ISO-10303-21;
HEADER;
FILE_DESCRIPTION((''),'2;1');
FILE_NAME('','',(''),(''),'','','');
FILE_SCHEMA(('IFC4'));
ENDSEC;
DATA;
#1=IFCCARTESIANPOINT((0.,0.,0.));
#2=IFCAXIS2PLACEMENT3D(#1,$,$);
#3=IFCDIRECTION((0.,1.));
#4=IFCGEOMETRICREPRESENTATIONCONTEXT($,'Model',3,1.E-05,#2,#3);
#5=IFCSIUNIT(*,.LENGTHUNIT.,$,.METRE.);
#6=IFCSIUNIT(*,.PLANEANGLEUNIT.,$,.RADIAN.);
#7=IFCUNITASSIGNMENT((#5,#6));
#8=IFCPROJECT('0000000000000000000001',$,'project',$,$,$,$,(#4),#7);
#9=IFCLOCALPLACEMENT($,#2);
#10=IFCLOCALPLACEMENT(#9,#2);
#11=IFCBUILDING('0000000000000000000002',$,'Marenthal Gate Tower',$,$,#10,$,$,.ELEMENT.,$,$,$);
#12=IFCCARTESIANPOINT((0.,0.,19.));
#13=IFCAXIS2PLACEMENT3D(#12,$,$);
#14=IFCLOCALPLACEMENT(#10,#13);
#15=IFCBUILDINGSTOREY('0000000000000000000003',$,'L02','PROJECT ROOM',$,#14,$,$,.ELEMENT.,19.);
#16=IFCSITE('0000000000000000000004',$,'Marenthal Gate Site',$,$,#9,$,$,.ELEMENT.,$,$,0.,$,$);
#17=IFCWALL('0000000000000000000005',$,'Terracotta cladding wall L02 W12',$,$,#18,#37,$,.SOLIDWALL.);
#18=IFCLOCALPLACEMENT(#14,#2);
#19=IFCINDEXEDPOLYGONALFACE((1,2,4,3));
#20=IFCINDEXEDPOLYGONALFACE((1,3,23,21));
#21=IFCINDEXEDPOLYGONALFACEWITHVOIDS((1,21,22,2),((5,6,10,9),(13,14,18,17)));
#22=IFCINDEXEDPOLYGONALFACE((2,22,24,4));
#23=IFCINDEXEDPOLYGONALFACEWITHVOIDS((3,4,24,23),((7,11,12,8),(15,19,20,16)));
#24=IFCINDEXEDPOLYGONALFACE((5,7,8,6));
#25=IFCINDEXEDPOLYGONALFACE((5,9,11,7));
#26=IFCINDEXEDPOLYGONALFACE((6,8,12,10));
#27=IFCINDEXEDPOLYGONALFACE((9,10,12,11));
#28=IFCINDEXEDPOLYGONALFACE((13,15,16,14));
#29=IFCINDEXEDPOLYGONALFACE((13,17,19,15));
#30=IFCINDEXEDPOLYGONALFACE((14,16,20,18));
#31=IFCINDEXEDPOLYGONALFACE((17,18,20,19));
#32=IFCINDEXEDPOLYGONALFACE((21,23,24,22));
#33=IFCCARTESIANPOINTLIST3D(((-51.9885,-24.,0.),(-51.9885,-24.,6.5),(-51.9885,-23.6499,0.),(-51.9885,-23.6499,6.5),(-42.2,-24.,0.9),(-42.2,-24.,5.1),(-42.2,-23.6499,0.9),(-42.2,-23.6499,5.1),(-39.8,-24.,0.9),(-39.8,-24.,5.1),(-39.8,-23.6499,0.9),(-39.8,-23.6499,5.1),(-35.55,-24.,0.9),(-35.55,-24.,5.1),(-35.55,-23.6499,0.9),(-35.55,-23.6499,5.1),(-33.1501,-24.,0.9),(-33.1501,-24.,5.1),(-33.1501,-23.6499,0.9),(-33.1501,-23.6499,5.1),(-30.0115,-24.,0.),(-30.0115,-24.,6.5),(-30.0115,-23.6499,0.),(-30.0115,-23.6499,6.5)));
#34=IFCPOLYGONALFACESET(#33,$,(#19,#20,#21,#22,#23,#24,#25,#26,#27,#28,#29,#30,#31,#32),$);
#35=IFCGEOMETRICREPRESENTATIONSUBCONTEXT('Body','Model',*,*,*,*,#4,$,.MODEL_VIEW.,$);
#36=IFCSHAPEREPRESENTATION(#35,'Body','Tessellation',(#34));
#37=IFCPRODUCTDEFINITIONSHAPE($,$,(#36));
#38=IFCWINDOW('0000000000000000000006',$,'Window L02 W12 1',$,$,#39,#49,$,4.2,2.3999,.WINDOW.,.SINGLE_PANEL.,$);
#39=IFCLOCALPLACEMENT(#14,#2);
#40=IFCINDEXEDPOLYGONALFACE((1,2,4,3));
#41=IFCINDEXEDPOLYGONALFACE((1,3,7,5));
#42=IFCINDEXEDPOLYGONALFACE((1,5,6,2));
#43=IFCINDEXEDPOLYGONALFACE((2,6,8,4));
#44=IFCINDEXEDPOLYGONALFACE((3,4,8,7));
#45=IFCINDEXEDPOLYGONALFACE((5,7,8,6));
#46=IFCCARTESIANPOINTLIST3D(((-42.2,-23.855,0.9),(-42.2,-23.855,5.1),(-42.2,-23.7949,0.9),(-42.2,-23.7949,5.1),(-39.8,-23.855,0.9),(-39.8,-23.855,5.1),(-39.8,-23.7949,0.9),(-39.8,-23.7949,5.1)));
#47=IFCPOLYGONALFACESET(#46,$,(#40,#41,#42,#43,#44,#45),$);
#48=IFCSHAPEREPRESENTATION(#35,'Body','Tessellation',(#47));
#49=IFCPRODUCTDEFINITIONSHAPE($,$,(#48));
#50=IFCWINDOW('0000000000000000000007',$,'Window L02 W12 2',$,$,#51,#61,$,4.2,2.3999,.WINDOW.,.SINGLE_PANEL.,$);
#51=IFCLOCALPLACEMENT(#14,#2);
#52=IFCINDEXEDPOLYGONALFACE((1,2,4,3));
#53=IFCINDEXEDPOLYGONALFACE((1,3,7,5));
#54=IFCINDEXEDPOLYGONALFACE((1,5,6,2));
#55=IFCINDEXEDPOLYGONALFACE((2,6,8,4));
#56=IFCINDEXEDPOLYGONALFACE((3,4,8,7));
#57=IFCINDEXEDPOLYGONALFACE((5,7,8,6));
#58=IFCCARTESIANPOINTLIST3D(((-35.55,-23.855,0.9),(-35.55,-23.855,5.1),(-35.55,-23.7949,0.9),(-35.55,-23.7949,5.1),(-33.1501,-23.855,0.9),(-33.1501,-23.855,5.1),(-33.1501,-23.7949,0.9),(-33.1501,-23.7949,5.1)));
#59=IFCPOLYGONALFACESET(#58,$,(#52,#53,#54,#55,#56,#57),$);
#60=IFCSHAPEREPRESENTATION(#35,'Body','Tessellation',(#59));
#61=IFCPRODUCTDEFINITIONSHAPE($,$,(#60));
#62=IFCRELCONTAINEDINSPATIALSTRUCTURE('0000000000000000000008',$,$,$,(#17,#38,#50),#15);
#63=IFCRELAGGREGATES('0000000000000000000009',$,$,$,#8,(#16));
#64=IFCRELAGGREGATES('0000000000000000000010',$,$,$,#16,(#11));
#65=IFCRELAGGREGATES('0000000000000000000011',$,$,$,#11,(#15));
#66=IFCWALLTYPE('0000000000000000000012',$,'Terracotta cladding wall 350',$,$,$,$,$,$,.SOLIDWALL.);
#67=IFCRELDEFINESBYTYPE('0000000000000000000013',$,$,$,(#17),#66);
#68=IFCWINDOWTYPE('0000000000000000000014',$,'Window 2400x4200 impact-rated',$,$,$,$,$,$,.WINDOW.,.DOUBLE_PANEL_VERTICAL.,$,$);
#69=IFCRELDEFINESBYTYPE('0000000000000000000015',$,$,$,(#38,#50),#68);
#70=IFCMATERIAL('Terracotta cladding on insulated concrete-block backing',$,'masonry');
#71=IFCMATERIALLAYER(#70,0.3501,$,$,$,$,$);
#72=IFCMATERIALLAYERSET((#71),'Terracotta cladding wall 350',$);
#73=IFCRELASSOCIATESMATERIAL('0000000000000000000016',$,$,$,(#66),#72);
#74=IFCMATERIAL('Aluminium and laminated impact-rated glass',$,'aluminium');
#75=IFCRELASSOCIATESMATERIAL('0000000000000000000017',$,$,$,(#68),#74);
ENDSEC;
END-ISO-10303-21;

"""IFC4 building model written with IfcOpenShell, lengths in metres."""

from ifc_helpers import new_model, si_unit, direction, frame, frame_2d, origin, place, context, subcontext, project, spatial, rectangle, extrude, material, layer, layer_set, type_object, element, fill, save


model = new_model("IFC4")

# Units and contexts
model_context = context("Model", 3, precision=1e-05, world=origin(), true_north=direction((0.0, 1.0)))
body_context = subcontext(model_context, "Body", "Model", "MODEL_VIEW")
ifc_project = project(units=[si_unit("LENGTHUNIT", "METRE"), si_unit("PLANEANGLEUNIT", "RADIAN")], contexts=[model_context])

# Site, building, storey
site_placement = place(None, origin())
site = spatial("IfcSite", under=ifc_project, at=site_placement, Name="Marenthal Gate Site", CompositionType="ELEMENT", RefElevation=0.0)
building_placement = place(site_placement, origin())
building = spatial("IfcBuilding", under=site, at=building_placement, Name="Marenthal Gate Tower", CompositionType="ELEMENT")
storey_placement = place(building_placement, frame((0.0, 0.0, 19.0)))
storey = spatial("IfcBuildingStorey", under=building, at=storey_placement, Name="L02", Description="PROJECT ROOM", CompositionType="ELEMENT", Elevation=19.0)

# Shared definitions
ifc_material_1 = material(Name="Terracotta cladding on insulated concrete-block backing", Category="masonry")
ifc_layer_1 = layer(ifc_material_1, 0.3501)
ifc_layer_set_1 = layer_set([ifc_layer_1], Name="Terracotta cladding wall 350")
wall_type_1 = type_object("IfcWallType", Name="Terracotta cladding wall 350", PredefinedType="SOLIDWALL", material=ifc_layer_set_1)

# Wall, openings, windows
wall_1_placement = place(storey_placement, frame((-51.9885, -23.825, 0.0), z_axis=(0.0, 0.0, 1.0), x_axis=(1.0, 0.0, 0.0)))
wall_1 = element("IfcWall", 1, at=wall_1_placement, inside=storey, type_object=wall_type_1, Name="Terracotta cladding wall L02 W12", PredefinedType="SOLIDWALL", context=body_context, shape_type="SweptSolid", body=[
    extrude(rectangle(XDim=21.9771, YDim=0.3501, at=frame_2d((10.9885, 0.0))), origin(), (0.0, 0.0, 1.0), 6.5),
])
opening_1_placement = place(wall_1_placement, frame((9.7886, 0.0, 0.8999)))
opening_1 = element("IfcOpeningElement", 2, at=opening_1_placement, cuts=wall_1, PredefinedType="OPENING", context=body_context, shape_type="SweptSolid", body=[
    extrude(rectangle(XDim=2.3999, YDim=4.2, at=frame_2d((1.2, 2.1001))), frame((0.0, 0.1851, 0.0), z_axis=(0.0, -1.0, 0.0), x_axis=(1.0, 0.0, 0.0)), (0.0, 0.0, 1.0), 0.3701),
])
opening_2_placement = place(wall_1_placement, frame((16.4385, 0.0, 0.8999)))
opening_2 = element("IfcOpeningElement", 3, at=opening_2_placement, cuts=wall_1, PredefinedType="OPENING", context=body_context, shape_type="SweptSolid", body=[
    extrude(rectangle(XDim=2.3999, YDim=4.2, at=frame_2d((1.2, 2.1001))), frame((0.0, 0.1851, 0.0), z_axis=(0.0, -1.0, 0.0), x_axis=(1.0, 0.0, 0.0)), (0.0, 0.0, 1.0), 0.3701),
])
ifc_material_2 = material(Name="Aluminium and laminated impact-rated glass", Category="aluminium")
window_type = type_object("IfcWindowType", Name="Window 2400x4200 impact-rated", PartitioningType="DOUBLE_PANEL_VERTICAL", PredefinedType="WINDOW", material=ifc_material_2)
window_1_placement = place(opening_1_placement, origin())
window_1 = element("IfcWindow", 4, at=window_1_placement, inside=storey, type_object=window_type, Name="Window L02 W12 1", OverallHeight=4.2, OverallWidth=2.3999, PartitioningType="SINGLE_PANEL", PredefinedType="WINDOW", context=body_context, shape_type="SweptSolid", body=[
    extrude(rectangle(XDim=2.3999, YDim=4.2, at=frame_2d((1.2, 2.1001))), frame((0.0, 0.03, 0.0), z_axis=(0.0, -1.0, 0.0), x_axis=(1.0, 0.0, 0.0)), (0.0, 0.0, 1.0), 0.0601),
])
fill(opening_1, window_1)
window_2_placement = place(opening_2_placement, origin())
window_2 = element("IfcWindow", 5, at=window_2_placement, inside=storey, type_object=window_type, Name="Window L02 W12 2", OverallHeight=4.2, OverallWidth=2.3999, PartitioningType="SINGLE_PANEL", PredefinedType="WINDOW", context=body_context, shape_type="SweptSolid", body=[
    extrude(rectangle(XDim=2.3999, YDim=4.2, at=frame_2d((1.2, 2.1001))), frame((0.0, 0.03, 0.0), z_axis=(0.0, -1.0, 0.0), x_axis=(1.0, 0.0, 0.0)), (0.0, 0.0, 1.0), 0.0601),
])
fill(opening_2, window_2)

save(model, "model.ifc")
